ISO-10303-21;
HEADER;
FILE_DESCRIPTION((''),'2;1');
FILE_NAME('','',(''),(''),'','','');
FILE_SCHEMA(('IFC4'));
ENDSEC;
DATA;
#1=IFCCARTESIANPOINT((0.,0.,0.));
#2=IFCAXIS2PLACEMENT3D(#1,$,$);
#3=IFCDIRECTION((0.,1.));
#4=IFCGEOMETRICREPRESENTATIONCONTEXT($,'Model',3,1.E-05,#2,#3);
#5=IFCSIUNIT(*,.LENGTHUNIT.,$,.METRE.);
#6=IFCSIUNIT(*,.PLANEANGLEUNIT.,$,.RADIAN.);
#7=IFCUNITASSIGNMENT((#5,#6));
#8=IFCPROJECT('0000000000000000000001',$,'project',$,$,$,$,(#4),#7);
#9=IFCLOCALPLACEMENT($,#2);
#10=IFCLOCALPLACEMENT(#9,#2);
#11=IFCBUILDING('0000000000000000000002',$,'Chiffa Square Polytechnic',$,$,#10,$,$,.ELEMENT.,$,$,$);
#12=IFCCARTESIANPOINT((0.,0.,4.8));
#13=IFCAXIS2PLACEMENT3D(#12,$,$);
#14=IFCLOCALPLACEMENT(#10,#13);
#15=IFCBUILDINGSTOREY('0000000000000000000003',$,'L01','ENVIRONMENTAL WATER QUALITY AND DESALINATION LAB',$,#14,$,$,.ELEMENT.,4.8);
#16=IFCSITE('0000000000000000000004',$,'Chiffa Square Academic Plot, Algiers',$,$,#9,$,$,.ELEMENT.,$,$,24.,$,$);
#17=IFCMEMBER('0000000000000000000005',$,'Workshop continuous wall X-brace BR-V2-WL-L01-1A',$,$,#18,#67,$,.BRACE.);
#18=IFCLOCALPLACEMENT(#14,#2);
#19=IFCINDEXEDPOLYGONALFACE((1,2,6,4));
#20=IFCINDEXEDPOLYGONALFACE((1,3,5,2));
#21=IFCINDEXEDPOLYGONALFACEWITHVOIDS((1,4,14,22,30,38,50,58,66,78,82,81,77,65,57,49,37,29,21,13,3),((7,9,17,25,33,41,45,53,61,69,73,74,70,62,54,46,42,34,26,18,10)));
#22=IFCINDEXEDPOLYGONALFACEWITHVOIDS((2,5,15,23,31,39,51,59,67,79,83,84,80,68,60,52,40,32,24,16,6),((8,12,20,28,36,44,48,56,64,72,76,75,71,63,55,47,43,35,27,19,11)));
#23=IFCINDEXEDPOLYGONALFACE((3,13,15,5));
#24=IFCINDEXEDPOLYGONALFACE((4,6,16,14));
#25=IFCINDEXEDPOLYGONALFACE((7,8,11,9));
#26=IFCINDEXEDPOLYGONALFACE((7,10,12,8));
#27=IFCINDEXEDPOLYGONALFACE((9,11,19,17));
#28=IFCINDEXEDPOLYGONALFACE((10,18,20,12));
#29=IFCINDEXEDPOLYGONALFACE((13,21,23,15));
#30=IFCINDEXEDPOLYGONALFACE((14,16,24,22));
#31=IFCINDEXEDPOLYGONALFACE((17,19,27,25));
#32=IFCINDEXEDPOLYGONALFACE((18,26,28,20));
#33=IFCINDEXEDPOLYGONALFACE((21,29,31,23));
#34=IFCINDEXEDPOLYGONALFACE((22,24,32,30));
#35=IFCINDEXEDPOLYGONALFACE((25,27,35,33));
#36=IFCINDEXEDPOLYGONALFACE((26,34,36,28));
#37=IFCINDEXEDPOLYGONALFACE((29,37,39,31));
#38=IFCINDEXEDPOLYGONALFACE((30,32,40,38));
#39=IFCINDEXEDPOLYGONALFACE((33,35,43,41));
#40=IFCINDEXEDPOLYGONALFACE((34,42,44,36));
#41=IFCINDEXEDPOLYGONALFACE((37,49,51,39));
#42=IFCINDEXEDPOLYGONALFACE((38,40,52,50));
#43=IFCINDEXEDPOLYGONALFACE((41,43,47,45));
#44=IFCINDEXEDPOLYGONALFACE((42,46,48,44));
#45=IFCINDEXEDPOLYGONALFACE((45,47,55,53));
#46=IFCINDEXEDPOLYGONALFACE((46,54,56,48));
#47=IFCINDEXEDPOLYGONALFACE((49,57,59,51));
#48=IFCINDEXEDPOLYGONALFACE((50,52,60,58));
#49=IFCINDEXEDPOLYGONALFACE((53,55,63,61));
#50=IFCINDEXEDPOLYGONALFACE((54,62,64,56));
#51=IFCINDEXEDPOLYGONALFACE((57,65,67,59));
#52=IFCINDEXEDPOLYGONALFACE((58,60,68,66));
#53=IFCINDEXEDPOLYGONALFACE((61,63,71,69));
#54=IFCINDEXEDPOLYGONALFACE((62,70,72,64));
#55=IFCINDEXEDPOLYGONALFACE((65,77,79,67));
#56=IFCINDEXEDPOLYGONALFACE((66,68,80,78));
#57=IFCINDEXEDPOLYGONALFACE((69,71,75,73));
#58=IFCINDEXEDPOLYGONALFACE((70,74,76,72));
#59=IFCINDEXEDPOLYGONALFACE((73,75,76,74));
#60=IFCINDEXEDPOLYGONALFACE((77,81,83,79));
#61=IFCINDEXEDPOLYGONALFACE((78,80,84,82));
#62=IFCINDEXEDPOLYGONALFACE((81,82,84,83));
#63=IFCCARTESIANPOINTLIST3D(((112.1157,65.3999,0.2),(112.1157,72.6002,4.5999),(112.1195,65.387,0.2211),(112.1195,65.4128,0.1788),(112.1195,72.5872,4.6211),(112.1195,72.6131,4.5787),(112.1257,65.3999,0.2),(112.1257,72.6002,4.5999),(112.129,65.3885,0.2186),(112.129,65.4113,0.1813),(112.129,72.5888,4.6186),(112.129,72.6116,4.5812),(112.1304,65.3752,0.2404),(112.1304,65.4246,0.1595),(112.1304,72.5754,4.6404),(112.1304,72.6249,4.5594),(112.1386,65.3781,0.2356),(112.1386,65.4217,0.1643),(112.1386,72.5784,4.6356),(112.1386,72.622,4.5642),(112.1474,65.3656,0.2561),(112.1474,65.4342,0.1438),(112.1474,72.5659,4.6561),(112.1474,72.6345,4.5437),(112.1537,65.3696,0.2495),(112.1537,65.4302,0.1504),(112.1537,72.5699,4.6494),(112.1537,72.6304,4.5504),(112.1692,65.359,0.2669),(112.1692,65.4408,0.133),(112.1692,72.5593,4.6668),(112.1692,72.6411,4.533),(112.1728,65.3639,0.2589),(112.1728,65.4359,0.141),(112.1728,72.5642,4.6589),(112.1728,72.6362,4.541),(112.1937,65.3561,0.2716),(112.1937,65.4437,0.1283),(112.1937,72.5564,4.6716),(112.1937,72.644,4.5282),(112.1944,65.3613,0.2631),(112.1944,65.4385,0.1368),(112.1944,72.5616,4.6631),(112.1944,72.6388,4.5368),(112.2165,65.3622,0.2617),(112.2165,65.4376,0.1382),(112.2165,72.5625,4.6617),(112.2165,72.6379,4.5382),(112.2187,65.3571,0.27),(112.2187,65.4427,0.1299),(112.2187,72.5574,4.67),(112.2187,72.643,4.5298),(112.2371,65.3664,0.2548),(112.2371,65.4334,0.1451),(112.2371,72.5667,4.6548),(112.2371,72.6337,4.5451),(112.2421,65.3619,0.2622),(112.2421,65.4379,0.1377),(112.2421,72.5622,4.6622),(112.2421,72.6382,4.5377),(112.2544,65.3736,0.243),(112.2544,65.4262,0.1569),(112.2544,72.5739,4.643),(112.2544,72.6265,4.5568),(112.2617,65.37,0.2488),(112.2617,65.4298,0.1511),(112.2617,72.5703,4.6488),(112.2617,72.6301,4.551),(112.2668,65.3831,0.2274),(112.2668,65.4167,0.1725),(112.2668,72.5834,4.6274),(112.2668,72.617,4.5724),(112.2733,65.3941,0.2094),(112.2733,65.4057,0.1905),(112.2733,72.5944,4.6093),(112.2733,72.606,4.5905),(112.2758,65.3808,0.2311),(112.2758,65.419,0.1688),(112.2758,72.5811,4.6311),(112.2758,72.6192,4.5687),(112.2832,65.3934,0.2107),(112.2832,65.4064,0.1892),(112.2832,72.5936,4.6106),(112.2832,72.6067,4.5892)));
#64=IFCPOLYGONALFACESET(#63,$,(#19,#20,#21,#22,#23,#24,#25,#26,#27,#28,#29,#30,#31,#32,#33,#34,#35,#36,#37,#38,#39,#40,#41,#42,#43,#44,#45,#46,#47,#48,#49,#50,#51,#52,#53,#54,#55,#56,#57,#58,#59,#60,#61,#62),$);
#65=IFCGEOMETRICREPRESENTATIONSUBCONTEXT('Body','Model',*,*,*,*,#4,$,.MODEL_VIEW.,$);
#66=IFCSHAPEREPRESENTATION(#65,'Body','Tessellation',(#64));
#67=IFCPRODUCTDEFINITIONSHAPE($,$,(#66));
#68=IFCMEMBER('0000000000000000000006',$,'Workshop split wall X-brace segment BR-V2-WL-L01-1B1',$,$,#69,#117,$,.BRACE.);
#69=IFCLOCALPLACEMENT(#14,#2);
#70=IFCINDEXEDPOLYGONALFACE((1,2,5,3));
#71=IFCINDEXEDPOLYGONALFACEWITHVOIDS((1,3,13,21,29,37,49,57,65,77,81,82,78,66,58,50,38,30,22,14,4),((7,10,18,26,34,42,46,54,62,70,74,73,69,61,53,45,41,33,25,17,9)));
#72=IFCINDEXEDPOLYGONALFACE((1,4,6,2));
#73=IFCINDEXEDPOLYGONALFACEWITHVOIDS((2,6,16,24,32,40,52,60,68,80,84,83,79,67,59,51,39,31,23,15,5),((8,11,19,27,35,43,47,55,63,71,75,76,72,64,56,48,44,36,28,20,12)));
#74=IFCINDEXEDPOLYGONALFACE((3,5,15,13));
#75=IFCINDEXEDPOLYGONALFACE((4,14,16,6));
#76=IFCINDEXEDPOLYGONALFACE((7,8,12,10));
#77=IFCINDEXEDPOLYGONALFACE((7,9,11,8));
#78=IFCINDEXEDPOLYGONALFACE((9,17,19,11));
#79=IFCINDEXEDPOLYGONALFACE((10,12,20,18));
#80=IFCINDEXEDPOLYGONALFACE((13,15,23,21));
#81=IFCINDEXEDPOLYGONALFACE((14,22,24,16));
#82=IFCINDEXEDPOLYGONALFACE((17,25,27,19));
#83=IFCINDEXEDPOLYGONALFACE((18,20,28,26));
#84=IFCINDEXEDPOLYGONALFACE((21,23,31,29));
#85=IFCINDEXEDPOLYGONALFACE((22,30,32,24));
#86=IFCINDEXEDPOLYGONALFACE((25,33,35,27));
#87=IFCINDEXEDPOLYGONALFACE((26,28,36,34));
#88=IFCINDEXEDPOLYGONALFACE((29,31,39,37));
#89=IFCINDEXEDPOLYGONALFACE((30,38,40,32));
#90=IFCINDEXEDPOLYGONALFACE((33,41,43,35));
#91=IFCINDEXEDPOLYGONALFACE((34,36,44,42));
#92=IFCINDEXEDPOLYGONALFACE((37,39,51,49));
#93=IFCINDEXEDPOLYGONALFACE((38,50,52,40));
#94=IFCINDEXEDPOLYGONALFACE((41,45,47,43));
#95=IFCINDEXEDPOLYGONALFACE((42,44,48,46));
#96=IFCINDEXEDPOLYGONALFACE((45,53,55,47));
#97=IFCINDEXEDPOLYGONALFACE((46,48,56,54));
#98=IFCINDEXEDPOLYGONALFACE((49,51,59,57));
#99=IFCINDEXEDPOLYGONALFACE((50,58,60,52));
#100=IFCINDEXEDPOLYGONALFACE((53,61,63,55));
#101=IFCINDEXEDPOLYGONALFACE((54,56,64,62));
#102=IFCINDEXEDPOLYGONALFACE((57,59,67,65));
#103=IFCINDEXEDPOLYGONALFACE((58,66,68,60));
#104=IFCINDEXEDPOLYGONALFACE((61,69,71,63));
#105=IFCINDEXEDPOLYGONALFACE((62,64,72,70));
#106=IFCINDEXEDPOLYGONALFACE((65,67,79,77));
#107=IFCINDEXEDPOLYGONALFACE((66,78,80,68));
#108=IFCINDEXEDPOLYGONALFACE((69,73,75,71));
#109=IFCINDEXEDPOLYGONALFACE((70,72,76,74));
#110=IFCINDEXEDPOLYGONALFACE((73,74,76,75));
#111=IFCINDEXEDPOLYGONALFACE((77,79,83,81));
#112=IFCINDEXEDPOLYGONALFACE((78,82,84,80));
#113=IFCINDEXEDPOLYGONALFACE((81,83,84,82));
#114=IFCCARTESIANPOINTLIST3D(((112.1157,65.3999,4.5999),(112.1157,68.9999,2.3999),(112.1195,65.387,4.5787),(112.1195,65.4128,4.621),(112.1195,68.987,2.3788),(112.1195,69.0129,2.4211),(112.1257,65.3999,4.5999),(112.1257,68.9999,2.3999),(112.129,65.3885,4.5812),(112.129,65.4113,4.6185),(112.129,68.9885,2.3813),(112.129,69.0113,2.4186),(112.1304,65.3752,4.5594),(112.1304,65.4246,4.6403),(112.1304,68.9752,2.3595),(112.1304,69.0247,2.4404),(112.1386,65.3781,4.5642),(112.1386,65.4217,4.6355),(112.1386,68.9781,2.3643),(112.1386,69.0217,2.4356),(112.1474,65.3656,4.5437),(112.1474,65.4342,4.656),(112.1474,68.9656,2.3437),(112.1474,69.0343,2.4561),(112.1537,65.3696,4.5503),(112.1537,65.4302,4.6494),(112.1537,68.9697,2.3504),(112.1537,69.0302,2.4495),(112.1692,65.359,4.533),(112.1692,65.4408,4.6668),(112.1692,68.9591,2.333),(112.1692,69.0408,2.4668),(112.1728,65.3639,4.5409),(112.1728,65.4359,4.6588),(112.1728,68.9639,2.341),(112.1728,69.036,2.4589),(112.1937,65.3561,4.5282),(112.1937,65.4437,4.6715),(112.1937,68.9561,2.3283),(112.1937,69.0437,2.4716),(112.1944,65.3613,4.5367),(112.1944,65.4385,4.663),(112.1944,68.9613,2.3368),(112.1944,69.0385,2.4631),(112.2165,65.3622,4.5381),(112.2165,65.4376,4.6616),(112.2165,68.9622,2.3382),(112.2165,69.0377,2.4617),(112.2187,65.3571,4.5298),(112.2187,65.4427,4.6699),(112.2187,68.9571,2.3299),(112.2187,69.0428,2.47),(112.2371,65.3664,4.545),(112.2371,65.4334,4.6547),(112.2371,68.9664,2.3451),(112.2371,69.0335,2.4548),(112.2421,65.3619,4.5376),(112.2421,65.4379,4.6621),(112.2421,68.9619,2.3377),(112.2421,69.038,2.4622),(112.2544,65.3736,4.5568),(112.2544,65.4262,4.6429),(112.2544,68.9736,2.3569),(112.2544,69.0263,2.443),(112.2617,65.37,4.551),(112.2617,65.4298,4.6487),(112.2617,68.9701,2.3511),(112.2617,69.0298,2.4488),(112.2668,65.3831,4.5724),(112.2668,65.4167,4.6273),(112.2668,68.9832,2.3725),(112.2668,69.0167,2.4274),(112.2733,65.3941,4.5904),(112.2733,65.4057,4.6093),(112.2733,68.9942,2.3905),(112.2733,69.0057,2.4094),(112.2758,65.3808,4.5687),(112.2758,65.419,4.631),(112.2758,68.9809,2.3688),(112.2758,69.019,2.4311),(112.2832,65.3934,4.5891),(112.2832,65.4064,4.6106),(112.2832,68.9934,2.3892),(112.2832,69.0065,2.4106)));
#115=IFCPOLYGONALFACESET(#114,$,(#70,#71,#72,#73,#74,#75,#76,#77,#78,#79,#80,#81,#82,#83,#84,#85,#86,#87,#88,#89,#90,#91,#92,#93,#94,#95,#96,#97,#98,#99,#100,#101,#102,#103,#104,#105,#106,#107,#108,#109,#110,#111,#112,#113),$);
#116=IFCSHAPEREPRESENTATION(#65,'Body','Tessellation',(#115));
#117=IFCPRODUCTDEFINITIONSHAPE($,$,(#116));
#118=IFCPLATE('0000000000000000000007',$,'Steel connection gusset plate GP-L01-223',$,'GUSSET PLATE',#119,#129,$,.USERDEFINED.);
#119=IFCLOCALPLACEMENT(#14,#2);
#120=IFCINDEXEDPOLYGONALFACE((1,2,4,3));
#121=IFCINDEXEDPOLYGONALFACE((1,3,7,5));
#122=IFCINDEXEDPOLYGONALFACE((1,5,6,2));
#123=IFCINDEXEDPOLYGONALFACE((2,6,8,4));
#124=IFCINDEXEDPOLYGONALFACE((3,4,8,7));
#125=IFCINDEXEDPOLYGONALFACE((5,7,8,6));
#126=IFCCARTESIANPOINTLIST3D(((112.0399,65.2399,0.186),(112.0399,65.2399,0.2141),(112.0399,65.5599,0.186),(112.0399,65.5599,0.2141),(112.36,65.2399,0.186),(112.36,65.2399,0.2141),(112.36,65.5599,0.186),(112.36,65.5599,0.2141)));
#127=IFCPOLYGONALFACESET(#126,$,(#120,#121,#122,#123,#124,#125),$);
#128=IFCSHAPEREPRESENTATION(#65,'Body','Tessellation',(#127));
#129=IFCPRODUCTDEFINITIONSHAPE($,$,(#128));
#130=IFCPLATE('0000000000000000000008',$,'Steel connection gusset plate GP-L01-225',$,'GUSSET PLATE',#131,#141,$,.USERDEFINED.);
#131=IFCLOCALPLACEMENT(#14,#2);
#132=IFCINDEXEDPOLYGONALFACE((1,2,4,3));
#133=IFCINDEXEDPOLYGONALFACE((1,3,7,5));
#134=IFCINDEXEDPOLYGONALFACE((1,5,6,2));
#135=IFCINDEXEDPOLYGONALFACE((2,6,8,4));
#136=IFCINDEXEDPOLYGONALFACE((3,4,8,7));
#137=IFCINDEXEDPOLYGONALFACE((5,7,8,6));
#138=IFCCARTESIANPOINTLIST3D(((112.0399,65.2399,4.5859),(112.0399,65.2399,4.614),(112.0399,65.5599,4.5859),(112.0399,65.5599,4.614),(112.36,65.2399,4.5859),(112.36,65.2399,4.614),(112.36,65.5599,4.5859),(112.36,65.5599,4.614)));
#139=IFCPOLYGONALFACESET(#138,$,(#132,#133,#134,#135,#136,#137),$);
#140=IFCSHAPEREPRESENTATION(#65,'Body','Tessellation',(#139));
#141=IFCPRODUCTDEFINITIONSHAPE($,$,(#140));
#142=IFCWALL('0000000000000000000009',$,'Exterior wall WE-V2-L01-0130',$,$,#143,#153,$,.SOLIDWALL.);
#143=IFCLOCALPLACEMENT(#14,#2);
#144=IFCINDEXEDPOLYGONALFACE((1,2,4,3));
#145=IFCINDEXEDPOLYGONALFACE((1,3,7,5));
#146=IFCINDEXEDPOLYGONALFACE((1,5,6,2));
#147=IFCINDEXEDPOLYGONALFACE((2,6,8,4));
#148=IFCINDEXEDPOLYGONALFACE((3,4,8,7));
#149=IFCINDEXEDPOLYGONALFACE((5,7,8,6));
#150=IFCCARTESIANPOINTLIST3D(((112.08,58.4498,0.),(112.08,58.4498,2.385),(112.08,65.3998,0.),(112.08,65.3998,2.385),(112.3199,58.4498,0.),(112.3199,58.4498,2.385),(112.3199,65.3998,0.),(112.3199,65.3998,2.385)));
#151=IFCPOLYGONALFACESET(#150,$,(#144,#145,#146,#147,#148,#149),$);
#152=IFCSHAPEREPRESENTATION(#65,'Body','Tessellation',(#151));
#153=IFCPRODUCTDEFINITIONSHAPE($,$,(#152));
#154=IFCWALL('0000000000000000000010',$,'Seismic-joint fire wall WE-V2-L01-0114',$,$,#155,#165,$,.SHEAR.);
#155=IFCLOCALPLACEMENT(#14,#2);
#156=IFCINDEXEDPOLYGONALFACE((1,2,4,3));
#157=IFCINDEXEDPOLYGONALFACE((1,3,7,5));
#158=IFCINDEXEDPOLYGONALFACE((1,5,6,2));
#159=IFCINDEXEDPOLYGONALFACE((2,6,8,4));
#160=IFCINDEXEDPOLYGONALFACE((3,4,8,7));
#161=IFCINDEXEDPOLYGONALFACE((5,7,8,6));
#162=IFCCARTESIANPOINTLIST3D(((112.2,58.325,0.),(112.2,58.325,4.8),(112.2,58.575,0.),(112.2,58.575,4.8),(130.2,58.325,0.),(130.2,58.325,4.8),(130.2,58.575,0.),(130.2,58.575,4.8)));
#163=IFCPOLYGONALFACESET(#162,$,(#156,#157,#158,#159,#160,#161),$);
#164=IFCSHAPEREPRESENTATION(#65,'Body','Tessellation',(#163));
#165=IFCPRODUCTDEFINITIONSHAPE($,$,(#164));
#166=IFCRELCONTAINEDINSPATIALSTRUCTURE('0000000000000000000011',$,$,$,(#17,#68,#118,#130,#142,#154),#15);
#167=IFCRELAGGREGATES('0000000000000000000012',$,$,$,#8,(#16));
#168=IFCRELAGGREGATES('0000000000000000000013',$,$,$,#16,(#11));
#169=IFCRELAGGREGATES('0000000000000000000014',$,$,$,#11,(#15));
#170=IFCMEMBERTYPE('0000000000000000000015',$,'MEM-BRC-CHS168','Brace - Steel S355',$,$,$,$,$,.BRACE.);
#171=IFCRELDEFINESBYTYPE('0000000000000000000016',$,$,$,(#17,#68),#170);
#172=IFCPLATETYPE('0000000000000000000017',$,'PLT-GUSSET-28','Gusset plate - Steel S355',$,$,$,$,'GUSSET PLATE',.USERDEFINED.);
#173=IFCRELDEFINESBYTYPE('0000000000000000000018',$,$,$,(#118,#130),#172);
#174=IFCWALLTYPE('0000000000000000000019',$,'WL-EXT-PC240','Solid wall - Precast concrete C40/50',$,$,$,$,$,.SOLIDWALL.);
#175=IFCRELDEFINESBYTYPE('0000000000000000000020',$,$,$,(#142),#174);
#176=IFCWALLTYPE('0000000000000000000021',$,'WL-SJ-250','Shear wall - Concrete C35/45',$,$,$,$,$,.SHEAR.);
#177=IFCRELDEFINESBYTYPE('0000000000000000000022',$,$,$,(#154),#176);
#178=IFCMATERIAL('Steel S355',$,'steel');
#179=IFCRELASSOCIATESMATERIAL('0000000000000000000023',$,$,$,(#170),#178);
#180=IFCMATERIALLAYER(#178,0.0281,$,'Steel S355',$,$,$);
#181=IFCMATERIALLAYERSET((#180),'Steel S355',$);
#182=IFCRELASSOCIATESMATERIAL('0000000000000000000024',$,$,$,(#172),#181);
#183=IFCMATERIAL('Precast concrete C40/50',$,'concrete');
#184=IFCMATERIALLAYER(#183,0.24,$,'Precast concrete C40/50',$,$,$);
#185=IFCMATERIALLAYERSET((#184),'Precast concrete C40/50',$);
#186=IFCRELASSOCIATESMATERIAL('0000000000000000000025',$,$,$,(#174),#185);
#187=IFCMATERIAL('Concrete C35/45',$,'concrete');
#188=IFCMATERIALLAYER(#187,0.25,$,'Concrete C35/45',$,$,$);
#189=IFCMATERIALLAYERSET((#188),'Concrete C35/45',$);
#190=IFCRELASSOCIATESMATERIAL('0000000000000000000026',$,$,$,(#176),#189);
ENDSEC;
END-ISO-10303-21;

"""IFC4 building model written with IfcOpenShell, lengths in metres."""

from ifc_helpers import new_model, si_unit, direction, frame, frame_2d, origin, origin_2d, place, context, subcontext, project, spatial, rectangle, hollow_circle, extrude, material, layer, layer_set, material_profile, profile_set, type_object, element, save


model = new_model("IFC4")

# Units and contexts
model_context = context("Model", 3, precision=1e-05, world=origin(), true_north=direction((0.0, 1.0)))
body_context = subcontext(model_context, "Body", "Model", "MODEL_VIEW")
ifc_project = project(units=[si_unit("LENGTHUNIT", "METRE"), si_unit("PLANEANGLEUNIT", "RADIAN")], contexts=[model_context])

# Site, building, storey
site_placement = place(None, origin())
site = spatial("IfcSite", under=ifc_project, at=site_placement, Name="Chiffa Square Academic Plot, Algiers", CompositionType="ELEMENT", RefElevation=24.0)
building_placement = place(site_placement, origin())
building = spatial("IfcBuilding", under=site, at=building_placement, Name="Chiffa Square Polytechnic", CompositionType="ELEMENT")
storey_placement = place(building_placement, frame((0.0, 0.0, 4.8)))
storey = spatial("IfcBuildingStorey", under=building, at=storey_placement, Name="L01", Description="ENVIRONMENTAL WATER QUALITY AND DESALINATION LAB", CompositionType="ELEMENT", Elevation=4.8)

# Shared definitions
ifc_material_1 = material(Name="Steel S355", Category="steel")

# Members
ifc_material_profile_1 = material_profile(ifc_material_1, hollow_circle(Radius=0.0842, WallThickness=0.01, at=origin_2d()), Name="CHS 168.3x10")
ifc_profile_set_1 = profile_set([ifc_material_profile_1], Name="Steel S355")
member_type = type_object("IfcMemberType", Name="MEM-BRC-CHS168", Description="Brace - Steel S355", PredefinedType="BRACE", material=ifc_profile_set_1)
member_1_placement = place(storey_placement, frame((112.2, 65.3999, 0.2), z_axis=(0.0, 0.853293, 0.521431), x_axis=(-1.0, 0.0, 0.0)))
element("IfcMember", 1, at=member_1_placement, inside=storey, type_object=member_type, Name="Workshop continuous wall X-brace BR-V2-WL-L01-1A", PredefinedType="BRACE", context=body_context, shape_type="SweptSolid", body=[
    extrude(hollow_circle(Radius=0.0842, WallThickness=0.01, at=origin_2d()), origin(), (0.0, 0.0, 1.0), 8.4382),
])
member_2_placement = place(storey_placement, frame((112.2, 65.3999, 4.5999), z_axis=(0.0, 0.853293, -0.521431), x_axis=(-1.0, 0.0, 0.0)))
element("IfcMember", 2, at=member_2_placement, inside=storey, type_object=member_type, Name="Workshop split wall X-brace segment BR-V2-WL-L01-1B1", PredefinedType="BRACE", context=body_context, shape_type="SweptSolid", body=[
    extrude(hollow_circle(Radius=0.0842, WallThickness=0.01, at=origin_2d()), origin(), (0.0, 0.0, 1.0), 4.219),
])

# Plates
ifc_layer_1 = layer(ifc_material_1, 0.0281, Name="Steel S355")
ifc_layer_set_1 = layer_set([ifc_layer_1], Name="Steel S355")
plate_type = type_object("IfcPlateType", Name="PLT-GUSSET-28", Description="Gusset plate - Steel S355", ElementType="GUSSET PLATE", PredefinedType="USERDEFINED", material=ifc_layer_set_1)
for number, where, z_axis, x_axis, name in (
    (3, (112.2, 65.3999, 0.186), (0.0, 0.0, 1.0), (1.0, 0.0, 0.0), "Steel connection gusset plate GP-L01-223"),
    (4, (112.2, 65.3999, 4.5859), (0.0, 0.0, 1.0), (1.0, 0.0, 0.0), "Steel connection gusset plate GP-L01-225"),
):
    element("IfcPlate", number, at=place(storey_placement, frame(where, z_axis=z_axis, x_axis=x_axis)), inside=storey, type_object=plate_type, Name=name, ObjectType="GUSSET PLATE", PredefinedType="USERDEFINED", context=body_context, shape_type="SweptSolid", body=[
        extrude(rectangle(XDim=0.3201, YDim=0.3201, at=origin_2d()), origin(), (0.0, 0.0, 1.0), 0.0281),
    ])

# Walls
ifc_material_2 = material(Name="Precast concrete C40/50", Category="concrete")
ifc_layer_2 = layer(ifc_material_2, 0.24, Name="Precast concrete C40/50")
ifc_layer_set_2 = layer_set([ifc_layer_2], Name="Precast concrete C40/50")
wall_type_1 = type_object("IfcWallType", Name="WL-EXT-PC240", Description="Solid wall - Precast concrete C40/50", PredefinedType="SOLIDWALL", material=ifc_layer_set_2)
wall_1_placement = place(storey_placement, frame((112.2, 65.3999, 0.0), z_axis=(0.0, 0.0, 1.0), x_axis=(0.0, -1.0, 0.0)))
element("IfcWall", 5, at=wall_1_placement, inside=storey, type_object=wall_type_1, Name="Exterior wall WE-V2-L01-0130", PredefinedType="SOLIDWALL", context=body_context, shape_type="SweptSolid", body=[
    extrude(rectangle(XDim=6.95, YDim=0.24, at=frame_2d((3.4751, 0.0))), origin(), (0.0, 0.0, 1.0), 2.385),
])
ifc_material_3 = material(Name="Concrete C35/45", Category="concrete")
ifc_layer_3 = layer(ifc_material_3, 0.25, Name="Concrete C35/45")
ifc_layer_set_3 = layer_set([ifc_layer_3], Name="Concrete C35/45")
wall_type_2 = type_object("IfcWallType", Name="WL-SJ-250", Description="Shear wall - Concrete C35/45", PredefinedType="SHEAR", material=ifc_layer_set_3)
wall_2_placement = place(storey_placement, frame((112.2, 58.45, 0.0), z_axis=(0.0, 0.0, 1.0), x_axis=(1.0, 0.0, 0.0)))
element("IfcWall", 6, at=wall_2_placement, inside=storey, type_object=wall_type_2, Name="Seismic-joint fire wall WE-V2-L01-0114", PredefinedType="SHEAR", context=body_context, shape_type="SweptSolid", body=[
    extrude(rectangle(XDim=18.0, YDim=0.25, at=frame_2d((9.0, 0.0))), origin(), (0.0, 0.0, 1.0), 4.8),
])

save(model, "model.ifc")
